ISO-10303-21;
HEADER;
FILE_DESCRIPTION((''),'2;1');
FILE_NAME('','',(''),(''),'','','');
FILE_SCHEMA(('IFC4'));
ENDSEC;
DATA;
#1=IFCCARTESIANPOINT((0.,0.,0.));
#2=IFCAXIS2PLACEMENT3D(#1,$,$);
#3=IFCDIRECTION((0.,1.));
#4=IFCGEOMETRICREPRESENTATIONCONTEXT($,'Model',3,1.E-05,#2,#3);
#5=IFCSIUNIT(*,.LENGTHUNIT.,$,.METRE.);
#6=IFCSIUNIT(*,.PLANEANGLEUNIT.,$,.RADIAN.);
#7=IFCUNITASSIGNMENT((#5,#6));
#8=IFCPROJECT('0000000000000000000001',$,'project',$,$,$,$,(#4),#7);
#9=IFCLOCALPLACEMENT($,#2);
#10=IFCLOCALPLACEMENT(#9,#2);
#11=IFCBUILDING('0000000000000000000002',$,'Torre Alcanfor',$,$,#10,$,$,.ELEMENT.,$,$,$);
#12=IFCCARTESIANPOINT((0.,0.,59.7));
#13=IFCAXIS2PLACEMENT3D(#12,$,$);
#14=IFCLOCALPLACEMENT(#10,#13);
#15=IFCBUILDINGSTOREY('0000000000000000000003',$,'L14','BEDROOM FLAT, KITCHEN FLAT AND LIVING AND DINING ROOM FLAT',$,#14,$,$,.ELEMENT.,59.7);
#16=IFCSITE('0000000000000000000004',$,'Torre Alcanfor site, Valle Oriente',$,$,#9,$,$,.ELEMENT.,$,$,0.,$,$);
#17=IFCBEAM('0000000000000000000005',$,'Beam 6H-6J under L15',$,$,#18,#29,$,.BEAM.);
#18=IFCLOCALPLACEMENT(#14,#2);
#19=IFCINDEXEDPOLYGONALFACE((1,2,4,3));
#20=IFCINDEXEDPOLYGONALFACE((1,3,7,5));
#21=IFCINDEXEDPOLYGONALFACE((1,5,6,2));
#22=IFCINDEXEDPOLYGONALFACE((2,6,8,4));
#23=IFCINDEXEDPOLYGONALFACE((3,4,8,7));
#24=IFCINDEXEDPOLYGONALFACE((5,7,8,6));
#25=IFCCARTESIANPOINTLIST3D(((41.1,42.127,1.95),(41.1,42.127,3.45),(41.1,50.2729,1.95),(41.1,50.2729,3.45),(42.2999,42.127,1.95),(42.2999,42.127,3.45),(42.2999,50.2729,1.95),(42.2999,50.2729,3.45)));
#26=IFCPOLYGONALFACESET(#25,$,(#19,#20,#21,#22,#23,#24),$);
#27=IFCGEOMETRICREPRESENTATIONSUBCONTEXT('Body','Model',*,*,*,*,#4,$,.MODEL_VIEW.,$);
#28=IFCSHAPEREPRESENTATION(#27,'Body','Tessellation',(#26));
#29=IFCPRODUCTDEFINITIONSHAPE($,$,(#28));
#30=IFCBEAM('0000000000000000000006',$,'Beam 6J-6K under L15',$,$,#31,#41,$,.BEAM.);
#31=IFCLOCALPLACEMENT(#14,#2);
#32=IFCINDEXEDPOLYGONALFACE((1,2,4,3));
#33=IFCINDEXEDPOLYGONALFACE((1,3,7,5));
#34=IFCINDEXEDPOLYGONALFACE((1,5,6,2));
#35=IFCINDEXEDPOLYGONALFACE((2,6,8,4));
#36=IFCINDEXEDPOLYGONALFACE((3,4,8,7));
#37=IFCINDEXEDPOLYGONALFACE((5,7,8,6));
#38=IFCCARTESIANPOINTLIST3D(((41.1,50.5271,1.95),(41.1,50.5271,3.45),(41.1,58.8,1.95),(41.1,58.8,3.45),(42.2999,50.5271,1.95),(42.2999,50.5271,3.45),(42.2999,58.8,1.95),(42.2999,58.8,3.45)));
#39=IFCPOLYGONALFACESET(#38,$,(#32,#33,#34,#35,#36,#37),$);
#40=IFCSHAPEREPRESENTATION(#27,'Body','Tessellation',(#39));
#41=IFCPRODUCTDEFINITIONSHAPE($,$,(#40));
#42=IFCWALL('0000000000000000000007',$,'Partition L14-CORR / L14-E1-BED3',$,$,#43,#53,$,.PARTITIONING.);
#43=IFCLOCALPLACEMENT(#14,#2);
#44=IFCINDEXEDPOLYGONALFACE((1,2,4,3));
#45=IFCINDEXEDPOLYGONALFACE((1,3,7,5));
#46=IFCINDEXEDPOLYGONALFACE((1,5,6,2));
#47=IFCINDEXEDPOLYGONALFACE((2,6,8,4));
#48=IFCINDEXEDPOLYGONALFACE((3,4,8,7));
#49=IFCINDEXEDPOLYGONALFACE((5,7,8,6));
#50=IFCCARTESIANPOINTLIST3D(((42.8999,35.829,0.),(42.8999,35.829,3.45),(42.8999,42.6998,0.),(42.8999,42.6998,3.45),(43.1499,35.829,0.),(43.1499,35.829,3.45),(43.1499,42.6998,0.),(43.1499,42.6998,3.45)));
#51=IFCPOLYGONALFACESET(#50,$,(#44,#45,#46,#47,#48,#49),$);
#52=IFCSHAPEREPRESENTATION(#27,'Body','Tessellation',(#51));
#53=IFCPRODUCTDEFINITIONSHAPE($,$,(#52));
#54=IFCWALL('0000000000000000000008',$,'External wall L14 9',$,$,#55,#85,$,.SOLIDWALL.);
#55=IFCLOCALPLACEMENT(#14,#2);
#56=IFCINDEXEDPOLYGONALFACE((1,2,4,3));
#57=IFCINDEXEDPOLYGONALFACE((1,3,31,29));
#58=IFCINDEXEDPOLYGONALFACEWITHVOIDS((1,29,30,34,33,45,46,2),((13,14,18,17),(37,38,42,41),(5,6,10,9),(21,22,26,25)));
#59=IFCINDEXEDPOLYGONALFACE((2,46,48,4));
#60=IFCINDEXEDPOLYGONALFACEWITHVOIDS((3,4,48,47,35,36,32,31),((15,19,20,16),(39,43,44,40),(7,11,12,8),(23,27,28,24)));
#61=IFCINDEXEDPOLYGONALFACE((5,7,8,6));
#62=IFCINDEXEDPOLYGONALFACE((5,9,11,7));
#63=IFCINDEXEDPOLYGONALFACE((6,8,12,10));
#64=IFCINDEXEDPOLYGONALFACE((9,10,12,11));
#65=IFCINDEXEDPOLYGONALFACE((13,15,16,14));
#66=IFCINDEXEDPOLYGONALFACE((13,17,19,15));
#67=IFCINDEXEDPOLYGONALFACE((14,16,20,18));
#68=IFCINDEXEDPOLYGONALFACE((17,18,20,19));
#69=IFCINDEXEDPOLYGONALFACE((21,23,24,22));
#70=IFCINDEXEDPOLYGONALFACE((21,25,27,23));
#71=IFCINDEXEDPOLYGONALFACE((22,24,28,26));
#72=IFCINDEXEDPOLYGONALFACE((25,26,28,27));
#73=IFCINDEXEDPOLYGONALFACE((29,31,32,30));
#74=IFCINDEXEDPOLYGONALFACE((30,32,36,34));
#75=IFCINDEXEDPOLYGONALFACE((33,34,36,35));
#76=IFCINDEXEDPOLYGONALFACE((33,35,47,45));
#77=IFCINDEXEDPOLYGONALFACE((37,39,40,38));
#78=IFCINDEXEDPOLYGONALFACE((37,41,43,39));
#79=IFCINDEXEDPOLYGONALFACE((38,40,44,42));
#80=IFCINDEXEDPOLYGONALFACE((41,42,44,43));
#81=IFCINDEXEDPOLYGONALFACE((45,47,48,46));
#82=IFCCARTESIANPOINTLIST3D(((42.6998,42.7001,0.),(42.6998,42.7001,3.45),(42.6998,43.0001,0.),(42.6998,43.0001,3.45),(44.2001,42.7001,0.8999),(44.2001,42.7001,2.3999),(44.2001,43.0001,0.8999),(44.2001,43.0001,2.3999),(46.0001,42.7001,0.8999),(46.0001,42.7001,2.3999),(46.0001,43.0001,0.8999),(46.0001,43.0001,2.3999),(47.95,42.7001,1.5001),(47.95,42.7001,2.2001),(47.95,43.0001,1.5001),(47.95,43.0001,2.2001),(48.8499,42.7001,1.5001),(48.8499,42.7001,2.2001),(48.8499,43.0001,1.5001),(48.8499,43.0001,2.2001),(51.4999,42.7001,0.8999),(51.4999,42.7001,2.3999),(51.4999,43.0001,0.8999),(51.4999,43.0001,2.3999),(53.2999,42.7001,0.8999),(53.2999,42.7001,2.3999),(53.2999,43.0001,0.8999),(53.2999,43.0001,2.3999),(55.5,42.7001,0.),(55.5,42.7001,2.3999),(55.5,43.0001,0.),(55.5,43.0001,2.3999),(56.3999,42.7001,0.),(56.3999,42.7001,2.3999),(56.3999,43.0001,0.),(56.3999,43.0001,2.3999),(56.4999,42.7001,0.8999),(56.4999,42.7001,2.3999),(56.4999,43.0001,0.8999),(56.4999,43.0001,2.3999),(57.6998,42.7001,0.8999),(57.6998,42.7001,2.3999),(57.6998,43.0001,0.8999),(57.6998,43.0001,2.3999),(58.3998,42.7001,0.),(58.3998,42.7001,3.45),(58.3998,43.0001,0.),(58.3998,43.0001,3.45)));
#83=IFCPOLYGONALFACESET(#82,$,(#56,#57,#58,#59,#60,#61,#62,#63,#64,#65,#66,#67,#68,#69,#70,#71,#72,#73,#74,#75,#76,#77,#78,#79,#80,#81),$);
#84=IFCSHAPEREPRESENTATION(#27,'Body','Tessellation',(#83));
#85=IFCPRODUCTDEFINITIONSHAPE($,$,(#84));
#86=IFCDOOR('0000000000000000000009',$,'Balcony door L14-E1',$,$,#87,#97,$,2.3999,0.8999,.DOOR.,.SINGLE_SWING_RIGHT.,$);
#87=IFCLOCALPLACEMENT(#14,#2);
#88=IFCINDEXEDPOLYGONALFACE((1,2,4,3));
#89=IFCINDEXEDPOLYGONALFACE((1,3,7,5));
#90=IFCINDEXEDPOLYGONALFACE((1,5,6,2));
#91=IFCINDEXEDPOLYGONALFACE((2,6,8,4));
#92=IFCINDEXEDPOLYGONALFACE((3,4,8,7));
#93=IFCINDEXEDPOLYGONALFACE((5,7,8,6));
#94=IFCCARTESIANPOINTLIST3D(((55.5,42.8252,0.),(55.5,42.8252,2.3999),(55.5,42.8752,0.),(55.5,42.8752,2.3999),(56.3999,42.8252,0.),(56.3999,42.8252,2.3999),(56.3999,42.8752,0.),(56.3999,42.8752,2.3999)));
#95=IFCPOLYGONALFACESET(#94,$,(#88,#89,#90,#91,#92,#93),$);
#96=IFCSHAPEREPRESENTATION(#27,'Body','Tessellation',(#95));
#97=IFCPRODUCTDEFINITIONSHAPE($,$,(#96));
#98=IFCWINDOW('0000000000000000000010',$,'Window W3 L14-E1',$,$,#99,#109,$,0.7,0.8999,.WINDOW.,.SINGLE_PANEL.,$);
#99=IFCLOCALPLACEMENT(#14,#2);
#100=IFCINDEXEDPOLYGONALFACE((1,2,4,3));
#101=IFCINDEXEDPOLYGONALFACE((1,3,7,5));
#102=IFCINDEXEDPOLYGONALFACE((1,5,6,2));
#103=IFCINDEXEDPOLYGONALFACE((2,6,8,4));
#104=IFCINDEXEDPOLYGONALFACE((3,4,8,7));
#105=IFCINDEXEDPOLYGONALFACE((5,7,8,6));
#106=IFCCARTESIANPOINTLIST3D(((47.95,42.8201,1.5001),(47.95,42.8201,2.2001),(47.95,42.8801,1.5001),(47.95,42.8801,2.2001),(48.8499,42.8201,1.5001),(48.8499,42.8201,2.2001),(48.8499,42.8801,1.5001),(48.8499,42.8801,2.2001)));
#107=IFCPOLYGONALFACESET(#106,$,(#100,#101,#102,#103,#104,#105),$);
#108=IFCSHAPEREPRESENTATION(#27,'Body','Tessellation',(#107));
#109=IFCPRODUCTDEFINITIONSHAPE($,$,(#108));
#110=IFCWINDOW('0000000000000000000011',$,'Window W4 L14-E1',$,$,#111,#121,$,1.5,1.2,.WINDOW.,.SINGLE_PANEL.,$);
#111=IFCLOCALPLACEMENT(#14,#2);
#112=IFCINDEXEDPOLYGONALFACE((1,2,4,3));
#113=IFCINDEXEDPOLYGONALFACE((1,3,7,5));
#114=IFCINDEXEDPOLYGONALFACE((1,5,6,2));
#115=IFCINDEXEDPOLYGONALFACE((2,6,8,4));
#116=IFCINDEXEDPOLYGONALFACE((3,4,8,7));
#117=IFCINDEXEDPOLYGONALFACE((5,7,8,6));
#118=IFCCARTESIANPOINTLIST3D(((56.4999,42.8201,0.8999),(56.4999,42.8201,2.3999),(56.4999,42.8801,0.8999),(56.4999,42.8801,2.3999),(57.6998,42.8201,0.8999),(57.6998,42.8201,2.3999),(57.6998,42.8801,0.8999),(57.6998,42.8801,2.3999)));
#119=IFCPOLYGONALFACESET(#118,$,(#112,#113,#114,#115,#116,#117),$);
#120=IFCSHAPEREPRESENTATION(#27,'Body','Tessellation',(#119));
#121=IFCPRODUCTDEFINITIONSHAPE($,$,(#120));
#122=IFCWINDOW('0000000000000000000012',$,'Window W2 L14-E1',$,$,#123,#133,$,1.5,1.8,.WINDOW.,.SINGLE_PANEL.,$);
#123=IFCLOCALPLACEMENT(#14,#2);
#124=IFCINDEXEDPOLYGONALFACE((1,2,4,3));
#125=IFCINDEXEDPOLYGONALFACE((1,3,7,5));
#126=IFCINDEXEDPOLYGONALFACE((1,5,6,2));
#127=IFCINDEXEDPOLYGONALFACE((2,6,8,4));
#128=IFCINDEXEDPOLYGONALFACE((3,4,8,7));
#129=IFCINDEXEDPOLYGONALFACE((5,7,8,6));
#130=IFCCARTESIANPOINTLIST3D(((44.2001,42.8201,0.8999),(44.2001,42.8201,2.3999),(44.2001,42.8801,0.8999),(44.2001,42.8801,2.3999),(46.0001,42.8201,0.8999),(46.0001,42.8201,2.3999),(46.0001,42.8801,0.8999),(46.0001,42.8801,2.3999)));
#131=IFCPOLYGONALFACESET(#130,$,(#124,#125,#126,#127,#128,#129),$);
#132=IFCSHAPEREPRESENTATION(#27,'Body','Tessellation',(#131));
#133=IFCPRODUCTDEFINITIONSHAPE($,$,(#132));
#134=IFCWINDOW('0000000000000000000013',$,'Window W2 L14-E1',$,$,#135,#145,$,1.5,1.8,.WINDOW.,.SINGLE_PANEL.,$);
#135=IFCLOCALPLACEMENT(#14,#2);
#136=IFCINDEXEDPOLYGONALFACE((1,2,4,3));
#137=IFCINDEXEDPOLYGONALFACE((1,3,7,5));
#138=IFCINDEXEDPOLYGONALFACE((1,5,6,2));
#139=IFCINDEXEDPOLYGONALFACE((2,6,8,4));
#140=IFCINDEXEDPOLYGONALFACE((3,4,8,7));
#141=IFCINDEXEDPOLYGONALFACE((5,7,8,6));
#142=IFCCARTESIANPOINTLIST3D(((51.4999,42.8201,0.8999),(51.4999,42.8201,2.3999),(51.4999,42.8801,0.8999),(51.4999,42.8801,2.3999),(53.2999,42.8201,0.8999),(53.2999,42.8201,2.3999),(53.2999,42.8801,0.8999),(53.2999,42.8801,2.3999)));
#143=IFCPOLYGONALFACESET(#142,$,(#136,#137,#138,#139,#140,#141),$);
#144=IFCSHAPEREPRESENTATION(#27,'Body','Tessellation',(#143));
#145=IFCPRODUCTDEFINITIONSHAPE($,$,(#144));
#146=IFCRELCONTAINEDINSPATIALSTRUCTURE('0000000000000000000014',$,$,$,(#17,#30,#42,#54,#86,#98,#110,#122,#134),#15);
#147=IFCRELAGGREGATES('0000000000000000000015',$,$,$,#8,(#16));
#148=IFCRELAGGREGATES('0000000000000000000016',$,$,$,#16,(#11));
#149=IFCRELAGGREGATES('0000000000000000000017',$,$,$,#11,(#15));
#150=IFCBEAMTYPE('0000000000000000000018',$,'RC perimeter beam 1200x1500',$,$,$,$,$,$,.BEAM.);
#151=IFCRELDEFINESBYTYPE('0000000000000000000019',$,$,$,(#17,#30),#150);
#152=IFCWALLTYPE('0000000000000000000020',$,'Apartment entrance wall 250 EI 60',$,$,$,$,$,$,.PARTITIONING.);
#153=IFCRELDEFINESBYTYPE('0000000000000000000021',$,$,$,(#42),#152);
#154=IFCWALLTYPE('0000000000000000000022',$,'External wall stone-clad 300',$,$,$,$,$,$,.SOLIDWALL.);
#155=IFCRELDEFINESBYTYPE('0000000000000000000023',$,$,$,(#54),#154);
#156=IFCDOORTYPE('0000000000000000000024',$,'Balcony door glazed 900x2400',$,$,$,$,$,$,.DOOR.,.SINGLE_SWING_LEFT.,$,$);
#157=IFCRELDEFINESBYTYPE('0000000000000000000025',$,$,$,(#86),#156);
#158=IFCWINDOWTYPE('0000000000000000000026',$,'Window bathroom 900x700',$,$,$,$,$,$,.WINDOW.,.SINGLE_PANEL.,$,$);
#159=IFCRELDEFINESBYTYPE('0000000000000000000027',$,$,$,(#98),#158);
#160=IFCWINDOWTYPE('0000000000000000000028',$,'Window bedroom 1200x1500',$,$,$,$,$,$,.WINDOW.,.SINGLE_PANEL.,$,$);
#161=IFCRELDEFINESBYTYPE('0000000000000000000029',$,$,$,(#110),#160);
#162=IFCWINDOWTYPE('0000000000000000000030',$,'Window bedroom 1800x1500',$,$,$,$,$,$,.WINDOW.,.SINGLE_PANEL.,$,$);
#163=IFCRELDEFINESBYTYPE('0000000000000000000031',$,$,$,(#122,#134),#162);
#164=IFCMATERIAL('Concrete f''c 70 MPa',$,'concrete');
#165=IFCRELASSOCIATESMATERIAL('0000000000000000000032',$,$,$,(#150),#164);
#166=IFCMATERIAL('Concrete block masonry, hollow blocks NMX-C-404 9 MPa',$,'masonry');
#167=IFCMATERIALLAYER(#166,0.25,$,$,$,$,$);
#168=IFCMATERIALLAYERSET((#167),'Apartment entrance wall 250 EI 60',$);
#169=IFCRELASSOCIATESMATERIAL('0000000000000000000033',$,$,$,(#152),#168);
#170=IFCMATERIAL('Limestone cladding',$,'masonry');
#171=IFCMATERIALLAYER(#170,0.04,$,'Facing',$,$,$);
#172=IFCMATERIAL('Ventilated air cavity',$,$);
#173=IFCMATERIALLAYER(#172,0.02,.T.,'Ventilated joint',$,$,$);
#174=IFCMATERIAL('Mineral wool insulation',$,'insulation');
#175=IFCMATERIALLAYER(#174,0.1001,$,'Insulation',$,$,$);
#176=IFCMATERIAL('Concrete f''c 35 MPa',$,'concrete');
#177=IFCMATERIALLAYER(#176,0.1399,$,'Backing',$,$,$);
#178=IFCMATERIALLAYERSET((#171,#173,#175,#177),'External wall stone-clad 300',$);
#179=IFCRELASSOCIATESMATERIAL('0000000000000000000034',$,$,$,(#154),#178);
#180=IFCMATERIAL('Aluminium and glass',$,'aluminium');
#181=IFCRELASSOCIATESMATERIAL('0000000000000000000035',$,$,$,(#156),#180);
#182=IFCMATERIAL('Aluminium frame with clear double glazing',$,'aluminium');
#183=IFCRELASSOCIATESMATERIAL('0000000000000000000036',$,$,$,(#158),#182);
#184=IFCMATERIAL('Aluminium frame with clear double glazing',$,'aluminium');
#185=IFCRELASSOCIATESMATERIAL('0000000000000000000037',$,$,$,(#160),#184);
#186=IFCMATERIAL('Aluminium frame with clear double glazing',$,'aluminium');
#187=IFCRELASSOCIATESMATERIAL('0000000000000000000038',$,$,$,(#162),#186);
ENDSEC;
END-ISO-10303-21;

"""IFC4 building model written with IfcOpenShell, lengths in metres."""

from ifc_helpers import new_model, si_unit, direction, frame, frame_2d, origin, origin_2d, place, context, subcontext, project, spatial, rectangle, extrude, material, layer, layer_set, material_profile, profile_set, type_object, element, fill, save


model = new_model("IFC4")

# Units and contexts
model_context = context("Model", 3, precision=1e-05, world=origin(), true_north=direction((0.0, 1.0)))
body_context = subcontext(model_context, "Body", "Model", "MODEL_VIEW")
ifc_project = project(units=[si_unit("LENGTHUNIT", "METRE"), si_unit("PLANEANGLEUNIT", "RADIAN")], contexts=[model_context])

# Site, building, storey
site_placement = place(None, origin())
site = spatial("IfcSite", under=ifc_project, at=site_placement, Name="Torre Alcanfor site, Valle Oriente", CompositionType="ELEMENT", RefElevation=0.0)
building_placement = place(site_placement, origin())
building = spatial("IfcBuilding", under=site, at=building_placement, Name="Torre Alcanfor", CompositionType="ELEMENT")
storey_placement = place(building_placement, frame((0.0, 0.0, 59.7)))
storey = spatial("IfcBuildingStorey", under=building, at=storey_placement, Name="L14", Description="BEDROOM FLAT, KITCHEN FLAT AND LIVING AND DINING ROOM FLAT", CompositionType="ELEMENT", Elevation=59.7)

# Beams
ifc_material_1 = material(Name="Concrete f'c 70 MPa", Category="concrete")
ifc_material_profile_1 = material_profile(ifc_material_1, rectangle(XDim=1.2, YDim=1.5, at=origin_2d()), Name="1200x1500")
ifc_profile_set_1 = profile_set([ifc_material_profile_1], Name="Concrete f'c 70 MPa")
beam_type_1 = type_object("IfcBeamType", Name="RC perimeter beam 1200x1500", PredefinedType="BEAM", material=ifc_profile_set_1)
beam_1_placement = place(storey_placement, frame((41.7, 42.127, 2.7), z_axis=(0.0, 1.0, 0.0), x_axis=(-1.0, 0.0, 0.0)))
element("IfcBeam", 1, at=beam_1_placement, inside=storey, type_object=beam_type_1, Name="Beam 6H-6J under L15", PredefinedType="BEAM", context=body_context, shape_type="SweptSolid", body=[
    extrude(rectangle(XDim=1.2, YDim=1.5, at=origin_2d()), origin(), (0.0, 0.0, 1.0), 8.146),
])
beam_2_placement = place(storey_placement, frame((41.7, 50.5271, 2.7), z_axis=(0.0, 1.0, 0.0), x_axis=(-1.0, 0.0, 0.0)))
element("IfcBeam", 2, at=beam_2_placement, inside=storey, type_object=beam_type_1, Name="Beam 6J-6K under L15", PredefinedType="BEAM", context=body_context, shape_type="SweptSolid", body=[
    extrude(rectangle(XDim=1.2, YDim=1.5, at=origin_2d()), origin(), (0.0, 0.0, 1.0), 8.2729),
])

# Wall
ifc_material_2 = material(Name="Concrete block masonry, hollow blocks NMX-C-404 9 MPa", Category="masonry")
ifc_layer_1 = layer(ifc_material_2, 0.25)
ifc_layer_set_1 = layer_set([ifc_layer_1], Name="Apartment entrance wall 250 EI 60")
wall_type_1 = type_object("IfcWallType", Name="Apartment entrance wall 250 EI 60", PredefinedType="PARTITIONING", material=ifc_layer_set_1)
wall_1_placement = place(storey_placement, frame((43.0249, 42.7, 0.0), z_axis=(0.0, 0.0, 1.0), x_axis=(0.0, -1.0, 0.0)))
element("IfcWall", 3, at=wall_1_placement, inside=storey, type_object=wall_type_1, Name="Partition L14-CORR / L14-E1-BED3", PredefinedType="PARTITIONING", context=body_context, shape_type="SweptSolid", body=[
    extrude(rectangle(XDim=6.8708, YDim=0.25, at=frame_2d((3.4355, 0.0))), origin(), (0.0, 0.0, 1.0), 3.45),
])

# Wall, openings, door, windows
ifc_material_3 = material(Name="Limestone cladding", Category="masonry")
ifc_layer_2 = layer(ifc_material_3, 0.04, Name="Facing")
ifc_material_4 = material(Name="Ventilated air cavity")
ifc_layer_3 = layer(ifc_material_4, 0.02, ventilated=True, Name="Ventilated joint")
ifc_material_5 = material(Name="Mineral wool insulation", Category="insulation")
ifc_layer_4 = layer(ifc_material_5, 0.1001, Name="Insulation")
ifc_material_6 = material(Name="Concrete f'c 35 MPa", Category="concrete")
ifc_layer_5 = layer(ifc_material_6, 0.1399, Name="Backing")
ifc_layer_set_2 = layer_set([ifc_layer_2, ifc_layer_3, ifc_layer_4, ifc_layer_5], Name="External wall stone-clad 300")
wall_type_2 = type_object("IfcWallType", Name="External wall stone-clad 300", PredefinedType="SOLIDWALL", material=ifc_layer_set_2)
wall_2_placement = place(storey_placement, frame((58.3999, 42.8501, 0.0), z_axis=(0.0, 0.0, 1.0), x_axis=(-1.0, 0.0, 0.0)))
wall_2 = element("IfcWall", 4, at=wall_2_placement, inside=storey, type_object=wall_type_2, Name="External wall L14 9", PredefinedType="SOLIDWALL", context=body_context, shape_type="SweptSolid", body=[
    extrude(rectangle(XDim=15.7, YDim=0.3, at=frame_2d((7.8501, 0.0))), origin(), (0.0, 0.0, 1.0), 3.45),
])
opening_1_placement = place(wall_2_placement, frame((12.3999, 0.0, 0.8999)))
opening_1 = element("IfcOpeningElement", 5, at=opening_1_placement, cuts=wall_2, PredefinedType="OPENING", context=body_context, shape_type="SweptSolid", body=[
    extrude(rectangle(XDim=1.8, YDim=1.5, at=frame_2d((0.8999, 0.75))), frame((0.0, 0.1599, 0.0), z_axis=(0.0, -1.0, 0.0), x_axis=(1.0, 0.0, 0.0)), (0.0, 0.0, 1.0), 0.3201),
])
opening_2_placement = place(wall_2_placement, frame((9.55, 0.0, 1.5)))
opening_2 = element("IfcOpeningElement", 6, at=opening_2_placement, cuts=wall_2, PredefinedType="OPENING", context=body_context, shape_type="SweptSolid", body=[
    extrude(rectangle(XDim=0.8999, YDim=0.7, at=frame_2d((0.45, 0.3501))), frame((0.0, 0.1599, 0.0), z_axis=(0.0, -1.0, 0.0), x_axis=(1.0, 0.0, 0.0)), (0.0, 0.0, 1.0), 0.3201),
])
opening_3_placement = place(wall_2_placement, frame((5.1001, 0.0, 0.8999)))
opening_3 = element("IfcOpeningElement", 7, at=opening_3_placement, cuts=wall_2, PredefinedType="OPENING", context=body_context, shape_type="SweptSolid", body=[
    extrude(rectangle(XDim=1.8, YDim=1.5, at=frame_2d((0.8999, 0.75))), frame((0.0, 0.1599, 0.0), z_axis=(0.0, -1.0, 0.0), x_axis=(1.0, 0.0, 0.0)), (0.0, 0.0, 1.0), 0.3201),
])
opening_4_placement = place(wall_2_placement, frame((2.0, 0.0, 0.0)))
opening_4 = element("IfcOpeningElement", 8, at=opening_4_placement, cuts=wall_2, PredefinedType="OPENING", context=body_context, shape_type="SweptSolid", body=[
    extrude(rectangle(XDim=0.8999, YDim=2.3999, at=frame_2d((0.45, 1.2))), frame((0.0, 0.1599, 0.0), z_axis=(0.0, -1.0, 0.0), x_axis=(1.0, 0.0, 0.0)), (0.0, 0.0, 1.0), 0.3201),
])
opening_5_placement = place(wall_2_placement, frame((0.7, 0.0, 0.8999)))
opening_5 = element("IfcOpeningElement", 9, at=opening_5_placement, cuts=wall_2, PredefinedType="OPENING", context=body_context, shape_type="SweptSolid", body=[
    extrude(rectangle(XDim=1.2, YDim=1.5, at=frame_2d((0.6001, 0.75))), frame((0.0, 0.1599, 0.0), z_axis=(0.0, -1.0, 0.0), x_axis=(1.0, 0.0, 0.0)), (0.0, 0.0, 1.0), 0.3201),
])
ifc_material_7 = material(Name="Aluminium and glass", Category="aluminium")
door_type = type_object("IfcDoorType", Name="Balcony door glazed 900x2400", OperationType="SINGLE_SWING_LEFT", PredefinedType="DOOR", material=ifc_material_7)
door_1_placement = place(opening_4_placement, origin())
door_1 = element("IfcDoor", 10, at=door_1_placement, inside=storey, type_object=door_type, Name="Balcony door L14-E1", OperationType="SINGLE_SWING_RIGHT", OverallHeight=2.3999, OverallWidth=0.8999, PredefinedType="DOOR", context=body_context, shape_type="SweptSolid", body=[
    extrude(rectangle(XDim=0.8999, YDim=2.3999, at=frame_2d((0.45, 1.2))), frame((0.0, 0.0249, 0.0), z_axis=(0.0, -1.0, 0.0), x_axis=(1.0, 0.0, 0.0)), (0.0, 0.0, 1.0), 0.05),
])
fill(opening_4, door_1)
ifc_material_8 = material(Name="Aluminium frame with clear double glazing", Category="aluminium")
window_type_1 = type_object("IfcWindowType", Name="Window bathroom 900x700", PartitioningType="SINGLE_PANEL", PredefinedType="WINDOW", material=ifc_material_8)
window_1_placement = place(opening_2_placement, origin())
window_1 = element("IfcWindow", 11, at=window_1_placement, inside=storey, type_object=window_type_1, Name="Window W3 L14-E1", OverallHeight=0.7, OverallWidth=0.8999, PartitioningType="SINGLE_PANEL", PredefinedType="WINDOW", context=body_context, shape_type="SweptSolid", body=[
    extrude(rectangle(XDim=0.8999, YDim=0.7, at=frame_2d((0.45, 0.3501))), frame((0.0, 0.03, 0.0), z_axis=(0.0, -1.0, 0.0), x_axis=(1.0, 0.0, 0.0)), (0.0, 0.0, 1.0), 0.0601),
])
fill(opening_2, window_1)
ifc_material_9 = material(Name="Aluminium frame with clear double glazing", Category="aluminium")
window_type_2 = type_object("IfcWindowType", Name="Window bedroom 1200x1500", PartitioningType="SINGLE_PANEL", PredefinedType="WINDOW", material=ifc_material_9)
window_2_placement = place(opening_5_placement, origin())
window_2 = element("IfcWindow", 12, at=window_2_placement, inside=storey, type_object=window_type_2, Name="Window W4 L14-E1", OverallHeight=1.5, OverallWidth=1.2, PartitioningType="SINGLE_PANEL", PredefinedType="WINDOW", context=body_context, shape_type="SweptSolid", body=[
    extrude(rectangle(XDim=1.2, YDim=1.5, at=frame_2d((0.6001, 0.75))), frame((0.0, 0.03, 0.0), z_axis=(0.0, -1.0, 0.0), x_axis=(1.0, 0.0, 0.0)), (0.0, 0.0, 1.0), 0.0601),
])
fill(opening_5, window_2)
ifc_material_10 = material(Name="Aluminium frame with clear double glazing", Category="aluminium")
window_type_3 = type_object("IfcWindowType", Name="Window bedroom 1800x1500", PartitioningType="SINGLE_PANEL", PredefinedType="WINDOW", material=ifc_material_10)
window_3_placement = place(opening_1_placement, origin())
window_3 = element("IfcWindow", 13, at=window_3_placement, inside=storey, type_object=window_type_3, Name="Window W2 L14-E1", OverallHeight=1.5, OverallWidth=1.8, PartitioningType="SINGLE_PANEL", PredefinedType="WINDOW", context=body_context, shape_type="SweptSolid", body=[
    extrude(rectangle(XDim=1.8, YDim=1.5, at=frame_2d((0.8999, 0.75))), frame((0.0, 0.03, 0.0), z_axis=(0.0, -1.0, 0.0), x_axis=(1.0, 0.0, 0.0)), (0.0, 0.0, 1.0), 0.0601),
])
fill(opening_1, window_3)
window_4_placement = place(opening_3_placement, origin())
window_4 = element("IfcWindow", 14, at=window_4_placement, inside=storey, type_object=window_type_3, Name="Window W2 L14-E1", OverallHeight=1.5, OverallWidth=1.8, PartitioningType="SINGLE_PANEL", PredefinedType="WINDOW", context=body_context, shape_type="SweptSolid", body=[
    extrude(rectangle(XDim=1.8, YDim=1.5, at=frame_2d((0.8999, 0.75))), frame((0.0, 0.03, 0.0), z_axis=(0.0, -1.0, 0.0), x_axis=(1.0, 0.0, 0.0)), (0.0, 0.0, 1.0), 0.0601),
])
fill(opening_3, window_4)

save(model, "model.ifc")
